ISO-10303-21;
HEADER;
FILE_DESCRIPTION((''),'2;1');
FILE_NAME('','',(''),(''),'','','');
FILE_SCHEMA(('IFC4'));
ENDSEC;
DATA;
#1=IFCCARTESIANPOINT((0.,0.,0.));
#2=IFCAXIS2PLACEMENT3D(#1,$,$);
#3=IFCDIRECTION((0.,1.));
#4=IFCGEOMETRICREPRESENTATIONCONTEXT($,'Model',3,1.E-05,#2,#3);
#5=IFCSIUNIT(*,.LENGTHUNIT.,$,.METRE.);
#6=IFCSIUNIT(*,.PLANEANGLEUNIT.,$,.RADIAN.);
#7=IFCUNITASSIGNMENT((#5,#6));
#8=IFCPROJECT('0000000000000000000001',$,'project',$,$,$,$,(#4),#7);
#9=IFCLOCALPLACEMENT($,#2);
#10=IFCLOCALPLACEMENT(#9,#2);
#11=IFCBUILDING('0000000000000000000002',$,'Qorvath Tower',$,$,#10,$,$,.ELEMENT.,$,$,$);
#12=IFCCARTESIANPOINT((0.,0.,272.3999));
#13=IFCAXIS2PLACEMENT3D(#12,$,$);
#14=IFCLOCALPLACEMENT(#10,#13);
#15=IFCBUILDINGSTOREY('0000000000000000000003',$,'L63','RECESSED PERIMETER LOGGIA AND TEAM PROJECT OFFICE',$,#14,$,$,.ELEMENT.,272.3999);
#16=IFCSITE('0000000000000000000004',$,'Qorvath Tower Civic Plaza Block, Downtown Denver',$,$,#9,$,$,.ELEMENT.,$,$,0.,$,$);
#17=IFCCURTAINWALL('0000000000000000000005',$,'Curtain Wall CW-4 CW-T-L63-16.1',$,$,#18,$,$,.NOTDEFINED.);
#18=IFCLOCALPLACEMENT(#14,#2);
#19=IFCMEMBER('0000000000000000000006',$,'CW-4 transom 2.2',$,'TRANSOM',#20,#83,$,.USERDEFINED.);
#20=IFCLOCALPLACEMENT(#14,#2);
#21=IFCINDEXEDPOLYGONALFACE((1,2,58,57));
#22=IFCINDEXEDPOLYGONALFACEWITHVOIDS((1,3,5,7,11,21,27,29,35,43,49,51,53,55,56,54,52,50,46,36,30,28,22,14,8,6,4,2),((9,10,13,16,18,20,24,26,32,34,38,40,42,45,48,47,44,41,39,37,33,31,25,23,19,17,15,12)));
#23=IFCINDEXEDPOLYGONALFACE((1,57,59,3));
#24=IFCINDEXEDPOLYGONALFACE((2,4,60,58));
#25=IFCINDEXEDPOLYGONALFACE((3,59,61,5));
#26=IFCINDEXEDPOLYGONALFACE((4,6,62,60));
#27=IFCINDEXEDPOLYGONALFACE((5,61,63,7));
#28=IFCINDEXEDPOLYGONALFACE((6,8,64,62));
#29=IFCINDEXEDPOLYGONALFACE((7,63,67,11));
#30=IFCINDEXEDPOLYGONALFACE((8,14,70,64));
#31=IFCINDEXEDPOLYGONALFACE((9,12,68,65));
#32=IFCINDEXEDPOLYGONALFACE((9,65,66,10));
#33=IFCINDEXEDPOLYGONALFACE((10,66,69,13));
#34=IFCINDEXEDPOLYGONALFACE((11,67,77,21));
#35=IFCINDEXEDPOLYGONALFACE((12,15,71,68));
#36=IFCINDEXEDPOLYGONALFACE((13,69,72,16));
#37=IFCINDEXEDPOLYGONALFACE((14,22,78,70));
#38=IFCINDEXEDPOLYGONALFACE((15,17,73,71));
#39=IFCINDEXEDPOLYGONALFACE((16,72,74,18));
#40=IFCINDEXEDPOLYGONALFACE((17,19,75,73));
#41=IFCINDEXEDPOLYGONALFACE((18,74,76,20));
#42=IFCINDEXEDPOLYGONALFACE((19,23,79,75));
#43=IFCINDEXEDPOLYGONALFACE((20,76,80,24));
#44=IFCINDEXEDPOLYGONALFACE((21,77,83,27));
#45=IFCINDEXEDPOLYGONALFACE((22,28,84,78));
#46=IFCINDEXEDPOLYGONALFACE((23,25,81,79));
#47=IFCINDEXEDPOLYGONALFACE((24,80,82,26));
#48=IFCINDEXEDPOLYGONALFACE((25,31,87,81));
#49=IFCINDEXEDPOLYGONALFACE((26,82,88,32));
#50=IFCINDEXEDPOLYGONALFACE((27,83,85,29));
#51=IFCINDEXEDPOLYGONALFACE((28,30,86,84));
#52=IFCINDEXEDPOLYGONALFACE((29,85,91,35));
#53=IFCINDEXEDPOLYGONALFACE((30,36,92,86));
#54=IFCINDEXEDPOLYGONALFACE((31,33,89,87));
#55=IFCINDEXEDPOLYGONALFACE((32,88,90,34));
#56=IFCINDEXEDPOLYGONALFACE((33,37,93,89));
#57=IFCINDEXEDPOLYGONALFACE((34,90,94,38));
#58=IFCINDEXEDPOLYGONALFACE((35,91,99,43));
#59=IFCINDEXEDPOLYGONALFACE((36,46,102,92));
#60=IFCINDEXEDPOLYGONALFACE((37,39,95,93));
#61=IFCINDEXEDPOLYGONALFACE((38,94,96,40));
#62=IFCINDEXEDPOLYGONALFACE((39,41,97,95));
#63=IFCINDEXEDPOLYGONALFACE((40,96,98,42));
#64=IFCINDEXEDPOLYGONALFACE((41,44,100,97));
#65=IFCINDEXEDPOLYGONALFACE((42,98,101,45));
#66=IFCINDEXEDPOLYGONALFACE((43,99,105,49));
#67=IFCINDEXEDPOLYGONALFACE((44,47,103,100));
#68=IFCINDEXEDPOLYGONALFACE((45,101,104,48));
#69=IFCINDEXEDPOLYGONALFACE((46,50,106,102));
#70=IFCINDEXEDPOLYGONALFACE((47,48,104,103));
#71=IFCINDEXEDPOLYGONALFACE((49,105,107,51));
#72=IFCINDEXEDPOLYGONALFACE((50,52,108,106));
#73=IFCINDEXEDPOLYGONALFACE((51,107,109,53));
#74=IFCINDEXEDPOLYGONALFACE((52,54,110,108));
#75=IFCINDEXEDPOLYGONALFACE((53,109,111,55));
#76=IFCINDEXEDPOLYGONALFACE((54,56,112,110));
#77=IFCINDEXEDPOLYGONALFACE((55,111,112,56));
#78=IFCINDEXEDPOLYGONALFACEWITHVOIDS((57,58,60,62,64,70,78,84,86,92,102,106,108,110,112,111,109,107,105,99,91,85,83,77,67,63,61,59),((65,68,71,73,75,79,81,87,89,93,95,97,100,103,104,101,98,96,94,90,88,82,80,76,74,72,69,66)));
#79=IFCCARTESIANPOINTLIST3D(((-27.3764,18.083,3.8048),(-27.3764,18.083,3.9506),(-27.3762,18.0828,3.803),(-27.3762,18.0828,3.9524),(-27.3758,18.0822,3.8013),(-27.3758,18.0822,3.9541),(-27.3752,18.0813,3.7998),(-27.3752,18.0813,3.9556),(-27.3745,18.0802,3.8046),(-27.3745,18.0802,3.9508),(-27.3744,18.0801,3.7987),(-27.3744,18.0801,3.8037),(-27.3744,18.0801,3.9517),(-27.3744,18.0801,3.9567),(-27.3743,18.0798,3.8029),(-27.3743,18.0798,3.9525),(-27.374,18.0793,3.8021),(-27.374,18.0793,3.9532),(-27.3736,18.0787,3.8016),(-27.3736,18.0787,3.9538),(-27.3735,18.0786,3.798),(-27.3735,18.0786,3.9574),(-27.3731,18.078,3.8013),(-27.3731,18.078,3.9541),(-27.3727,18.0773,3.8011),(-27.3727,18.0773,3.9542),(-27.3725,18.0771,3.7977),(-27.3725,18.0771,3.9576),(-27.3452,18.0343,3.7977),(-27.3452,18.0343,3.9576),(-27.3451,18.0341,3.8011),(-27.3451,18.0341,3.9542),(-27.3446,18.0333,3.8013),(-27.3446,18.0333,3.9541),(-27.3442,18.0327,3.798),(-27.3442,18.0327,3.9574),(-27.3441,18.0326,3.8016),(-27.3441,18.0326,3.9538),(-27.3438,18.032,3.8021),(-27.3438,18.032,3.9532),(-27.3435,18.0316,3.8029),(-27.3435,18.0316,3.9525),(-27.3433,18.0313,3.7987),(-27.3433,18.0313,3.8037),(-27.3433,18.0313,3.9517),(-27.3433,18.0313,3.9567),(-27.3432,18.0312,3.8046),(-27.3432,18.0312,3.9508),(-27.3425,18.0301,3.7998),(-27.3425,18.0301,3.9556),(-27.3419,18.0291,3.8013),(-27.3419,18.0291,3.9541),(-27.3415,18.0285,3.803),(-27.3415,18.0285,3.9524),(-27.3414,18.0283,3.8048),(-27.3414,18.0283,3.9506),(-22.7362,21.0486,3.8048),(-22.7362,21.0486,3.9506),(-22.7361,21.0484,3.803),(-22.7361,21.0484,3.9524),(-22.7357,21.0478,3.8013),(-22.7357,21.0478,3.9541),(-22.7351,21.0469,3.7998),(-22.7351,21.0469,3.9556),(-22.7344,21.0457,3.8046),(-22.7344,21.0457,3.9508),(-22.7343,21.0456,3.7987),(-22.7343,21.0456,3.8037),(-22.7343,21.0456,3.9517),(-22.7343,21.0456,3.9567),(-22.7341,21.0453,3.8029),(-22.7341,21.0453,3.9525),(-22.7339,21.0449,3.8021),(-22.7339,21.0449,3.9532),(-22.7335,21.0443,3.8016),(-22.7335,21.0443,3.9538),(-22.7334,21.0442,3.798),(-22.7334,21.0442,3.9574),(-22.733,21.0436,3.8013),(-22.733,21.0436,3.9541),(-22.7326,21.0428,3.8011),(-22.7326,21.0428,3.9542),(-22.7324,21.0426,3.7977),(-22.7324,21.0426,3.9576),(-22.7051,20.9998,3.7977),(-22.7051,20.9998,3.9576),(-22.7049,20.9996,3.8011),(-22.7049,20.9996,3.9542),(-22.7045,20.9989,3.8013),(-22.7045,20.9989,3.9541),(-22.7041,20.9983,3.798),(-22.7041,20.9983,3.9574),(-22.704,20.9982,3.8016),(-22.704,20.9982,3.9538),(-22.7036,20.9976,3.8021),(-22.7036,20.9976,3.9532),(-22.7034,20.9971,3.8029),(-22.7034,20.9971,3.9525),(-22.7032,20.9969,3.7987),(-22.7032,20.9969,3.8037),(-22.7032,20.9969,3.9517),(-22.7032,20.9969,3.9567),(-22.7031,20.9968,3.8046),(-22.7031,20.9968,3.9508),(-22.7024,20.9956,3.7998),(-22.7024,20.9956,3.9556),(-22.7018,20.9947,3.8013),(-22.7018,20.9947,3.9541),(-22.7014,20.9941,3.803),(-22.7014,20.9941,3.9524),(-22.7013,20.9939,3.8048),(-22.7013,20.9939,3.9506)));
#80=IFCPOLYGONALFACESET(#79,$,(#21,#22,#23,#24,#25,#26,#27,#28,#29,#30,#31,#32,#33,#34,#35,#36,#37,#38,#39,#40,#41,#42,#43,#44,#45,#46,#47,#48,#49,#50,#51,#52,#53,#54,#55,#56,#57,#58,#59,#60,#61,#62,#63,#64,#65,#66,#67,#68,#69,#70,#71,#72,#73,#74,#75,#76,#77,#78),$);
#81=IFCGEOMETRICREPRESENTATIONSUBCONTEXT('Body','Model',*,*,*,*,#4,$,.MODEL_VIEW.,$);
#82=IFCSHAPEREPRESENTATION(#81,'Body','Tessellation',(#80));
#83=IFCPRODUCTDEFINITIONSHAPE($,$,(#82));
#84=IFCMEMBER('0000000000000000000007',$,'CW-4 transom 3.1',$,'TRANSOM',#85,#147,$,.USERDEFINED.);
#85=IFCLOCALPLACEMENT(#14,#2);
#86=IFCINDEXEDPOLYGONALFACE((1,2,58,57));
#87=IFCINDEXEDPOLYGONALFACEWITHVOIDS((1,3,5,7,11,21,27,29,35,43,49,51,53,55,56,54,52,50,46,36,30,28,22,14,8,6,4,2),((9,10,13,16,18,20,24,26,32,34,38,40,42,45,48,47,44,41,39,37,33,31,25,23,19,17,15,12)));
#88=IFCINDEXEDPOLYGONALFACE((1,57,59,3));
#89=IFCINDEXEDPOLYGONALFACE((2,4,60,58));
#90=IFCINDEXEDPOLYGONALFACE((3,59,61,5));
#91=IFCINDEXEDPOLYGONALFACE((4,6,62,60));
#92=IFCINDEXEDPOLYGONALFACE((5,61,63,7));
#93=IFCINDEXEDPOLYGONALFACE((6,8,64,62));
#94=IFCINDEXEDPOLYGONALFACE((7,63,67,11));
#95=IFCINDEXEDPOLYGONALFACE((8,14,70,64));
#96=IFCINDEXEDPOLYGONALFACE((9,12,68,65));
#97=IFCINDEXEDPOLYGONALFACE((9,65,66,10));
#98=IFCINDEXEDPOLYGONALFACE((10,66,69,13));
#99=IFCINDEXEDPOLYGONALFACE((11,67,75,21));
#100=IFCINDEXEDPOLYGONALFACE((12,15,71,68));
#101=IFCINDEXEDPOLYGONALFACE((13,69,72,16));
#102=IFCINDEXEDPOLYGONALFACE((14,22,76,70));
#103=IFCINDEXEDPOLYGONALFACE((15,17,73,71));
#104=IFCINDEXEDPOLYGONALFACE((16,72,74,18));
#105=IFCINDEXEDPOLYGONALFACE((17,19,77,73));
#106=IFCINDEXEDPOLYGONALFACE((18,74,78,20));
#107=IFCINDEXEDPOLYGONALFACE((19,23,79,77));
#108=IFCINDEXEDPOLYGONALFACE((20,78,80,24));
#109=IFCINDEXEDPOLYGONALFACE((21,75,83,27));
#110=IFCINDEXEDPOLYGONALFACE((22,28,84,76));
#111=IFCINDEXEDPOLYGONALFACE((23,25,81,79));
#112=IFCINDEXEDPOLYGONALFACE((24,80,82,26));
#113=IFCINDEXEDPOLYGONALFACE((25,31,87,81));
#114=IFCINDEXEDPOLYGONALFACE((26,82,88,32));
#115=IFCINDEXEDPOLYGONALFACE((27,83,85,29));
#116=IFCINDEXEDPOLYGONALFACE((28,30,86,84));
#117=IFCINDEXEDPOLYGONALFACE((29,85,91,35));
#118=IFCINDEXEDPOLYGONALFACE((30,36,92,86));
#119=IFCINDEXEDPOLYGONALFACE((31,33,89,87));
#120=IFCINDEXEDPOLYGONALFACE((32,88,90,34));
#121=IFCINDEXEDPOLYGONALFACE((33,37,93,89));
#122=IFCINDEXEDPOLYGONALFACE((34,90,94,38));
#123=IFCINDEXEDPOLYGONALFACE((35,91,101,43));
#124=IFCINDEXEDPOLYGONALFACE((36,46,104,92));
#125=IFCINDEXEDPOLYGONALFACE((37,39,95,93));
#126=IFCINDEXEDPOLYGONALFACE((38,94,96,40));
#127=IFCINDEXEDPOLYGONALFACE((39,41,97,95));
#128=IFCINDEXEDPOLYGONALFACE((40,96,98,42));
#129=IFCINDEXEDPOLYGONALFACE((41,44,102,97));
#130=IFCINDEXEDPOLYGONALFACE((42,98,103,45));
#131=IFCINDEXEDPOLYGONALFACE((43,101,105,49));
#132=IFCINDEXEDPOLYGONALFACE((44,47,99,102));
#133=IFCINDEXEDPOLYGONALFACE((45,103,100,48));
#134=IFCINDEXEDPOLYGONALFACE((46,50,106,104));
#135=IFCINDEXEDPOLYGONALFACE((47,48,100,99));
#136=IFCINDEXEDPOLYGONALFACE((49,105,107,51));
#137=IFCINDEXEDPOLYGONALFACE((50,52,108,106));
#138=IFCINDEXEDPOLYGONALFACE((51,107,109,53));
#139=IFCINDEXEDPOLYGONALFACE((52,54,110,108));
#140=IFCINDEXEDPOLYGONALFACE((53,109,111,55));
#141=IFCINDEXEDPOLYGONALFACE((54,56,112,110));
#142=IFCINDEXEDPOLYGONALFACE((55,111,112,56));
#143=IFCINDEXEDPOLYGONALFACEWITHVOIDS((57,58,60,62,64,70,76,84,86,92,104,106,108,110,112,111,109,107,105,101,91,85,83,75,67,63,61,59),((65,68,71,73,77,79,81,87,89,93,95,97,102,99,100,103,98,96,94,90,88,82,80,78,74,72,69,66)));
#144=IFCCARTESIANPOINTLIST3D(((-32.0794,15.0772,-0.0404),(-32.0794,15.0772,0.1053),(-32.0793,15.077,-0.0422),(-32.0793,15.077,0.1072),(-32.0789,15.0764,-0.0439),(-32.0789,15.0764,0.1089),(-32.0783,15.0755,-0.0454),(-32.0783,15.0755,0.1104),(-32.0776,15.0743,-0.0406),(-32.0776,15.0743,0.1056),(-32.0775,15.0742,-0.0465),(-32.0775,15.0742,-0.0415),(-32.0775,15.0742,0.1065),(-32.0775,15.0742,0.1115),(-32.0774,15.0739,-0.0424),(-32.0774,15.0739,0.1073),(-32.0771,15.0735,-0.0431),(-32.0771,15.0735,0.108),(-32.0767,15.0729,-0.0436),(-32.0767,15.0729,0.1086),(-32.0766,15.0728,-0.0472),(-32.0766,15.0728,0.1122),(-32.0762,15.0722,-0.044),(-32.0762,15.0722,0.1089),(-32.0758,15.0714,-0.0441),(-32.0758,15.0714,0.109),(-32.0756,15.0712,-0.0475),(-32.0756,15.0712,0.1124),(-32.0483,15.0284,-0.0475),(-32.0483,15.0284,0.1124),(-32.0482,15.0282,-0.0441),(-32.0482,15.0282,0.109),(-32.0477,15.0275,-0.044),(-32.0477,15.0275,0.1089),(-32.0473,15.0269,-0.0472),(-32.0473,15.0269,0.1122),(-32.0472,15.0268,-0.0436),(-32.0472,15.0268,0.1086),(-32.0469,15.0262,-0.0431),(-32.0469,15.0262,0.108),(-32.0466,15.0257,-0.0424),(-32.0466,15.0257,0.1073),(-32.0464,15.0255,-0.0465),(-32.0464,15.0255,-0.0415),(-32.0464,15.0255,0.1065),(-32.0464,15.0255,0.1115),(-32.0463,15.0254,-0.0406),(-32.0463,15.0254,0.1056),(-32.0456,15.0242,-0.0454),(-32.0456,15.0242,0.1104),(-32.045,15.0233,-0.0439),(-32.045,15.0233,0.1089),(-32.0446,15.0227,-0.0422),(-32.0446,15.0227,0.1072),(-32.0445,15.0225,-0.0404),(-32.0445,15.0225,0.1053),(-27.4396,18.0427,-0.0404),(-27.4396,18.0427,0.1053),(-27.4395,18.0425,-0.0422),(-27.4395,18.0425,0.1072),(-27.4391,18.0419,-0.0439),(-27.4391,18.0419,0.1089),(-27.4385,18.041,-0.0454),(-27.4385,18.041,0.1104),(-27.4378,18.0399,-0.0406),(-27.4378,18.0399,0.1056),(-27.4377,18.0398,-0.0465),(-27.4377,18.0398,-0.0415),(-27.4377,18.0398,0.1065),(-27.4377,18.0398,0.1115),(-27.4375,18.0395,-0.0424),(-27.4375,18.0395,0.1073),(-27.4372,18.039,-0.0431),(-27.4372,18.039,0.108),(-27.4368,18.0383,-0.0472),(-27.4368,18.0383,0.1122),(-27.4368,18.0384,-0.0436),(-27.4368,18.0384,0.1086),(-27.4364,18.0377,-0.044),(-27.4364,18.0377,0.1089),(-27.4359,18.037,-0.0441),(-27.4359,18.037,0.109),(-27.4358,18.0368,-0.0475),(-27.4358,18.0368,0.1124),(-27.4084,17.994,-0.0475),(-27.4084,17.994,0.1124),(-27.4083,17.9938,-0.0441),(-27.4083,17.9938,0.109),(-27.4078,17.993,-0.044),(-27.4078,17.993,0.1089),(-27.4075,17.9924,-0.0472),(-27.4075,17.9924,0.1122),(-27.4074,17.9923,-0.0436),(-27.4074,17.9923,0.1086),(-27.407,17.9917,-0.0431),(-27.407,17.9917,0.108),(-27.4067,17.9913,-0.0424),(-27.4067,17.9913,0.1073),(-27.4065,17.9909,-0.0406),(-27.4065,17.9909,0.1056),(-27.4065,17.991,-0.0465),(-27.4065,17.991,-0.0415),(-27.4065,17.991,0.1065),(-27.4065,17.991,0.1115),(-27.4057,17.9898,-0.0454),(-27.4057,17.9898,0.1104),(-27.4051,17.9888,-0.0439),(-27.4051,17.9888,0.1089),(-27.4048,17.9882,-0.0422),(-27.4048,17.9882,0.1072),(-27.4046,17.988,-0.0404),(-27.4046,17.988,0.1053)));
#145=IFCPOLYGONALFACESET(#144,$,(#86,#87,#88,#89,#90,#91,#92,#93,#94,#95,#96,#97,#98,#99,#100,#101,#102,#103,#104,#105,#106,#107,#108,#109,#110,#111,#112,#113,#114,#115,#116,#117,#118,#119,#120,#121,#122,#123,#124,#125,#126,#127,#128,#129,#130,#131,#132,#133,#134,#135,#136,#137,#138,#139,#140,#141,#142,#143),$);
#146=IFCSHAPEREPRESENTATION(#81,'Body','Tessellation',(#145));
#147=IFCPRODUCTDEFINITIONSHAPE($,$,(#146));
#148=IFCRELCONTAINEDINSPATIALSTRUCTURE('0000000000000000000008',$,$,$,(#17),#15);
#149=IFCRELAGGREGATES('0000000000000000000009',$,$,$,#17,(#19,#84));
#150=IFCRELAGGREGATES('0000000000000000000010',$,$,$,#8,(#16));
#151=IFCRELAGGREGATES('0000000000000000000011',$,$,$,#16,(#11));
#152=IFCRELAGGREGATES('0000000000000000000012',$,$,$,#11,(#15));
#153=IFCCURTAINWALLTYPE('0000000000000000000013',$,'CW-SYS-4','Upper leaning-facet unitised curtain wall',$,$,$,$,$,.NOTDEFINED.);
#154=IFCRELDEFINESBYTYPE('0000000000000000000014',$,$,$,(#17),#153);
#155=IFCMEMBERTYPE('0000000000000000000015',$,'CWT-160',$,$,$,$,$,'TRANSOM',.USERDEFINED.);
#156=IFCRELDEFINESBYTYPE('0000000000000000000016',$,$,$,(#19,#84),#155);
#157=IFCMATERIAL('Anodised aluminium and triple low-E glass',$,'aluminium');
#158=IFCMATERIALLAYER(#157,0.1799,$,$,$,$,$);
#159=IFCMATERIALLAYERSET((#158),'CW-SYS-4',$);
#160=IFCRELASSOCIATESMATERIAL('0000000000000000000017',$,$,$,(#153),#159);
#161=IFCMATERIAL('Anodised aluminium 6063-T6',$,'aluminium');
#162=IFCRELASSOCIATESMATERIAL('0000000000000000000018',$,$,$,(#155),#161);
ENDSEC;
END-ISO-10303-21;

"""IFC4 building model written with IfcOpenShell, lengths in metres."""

from ifc_helpers import new_model, si_unit, direction, frame, origin, origin_2d, place, context, subcontext, project, spatial, hollow_rectangle, extrude, material, layer, layer_set, material_profile, profile_set, type_object, element, aggregate, save


model = new_model("IFC4")

# Units and contexts
model_context = context("Model", 3, precision=1e-05, world=origin(), true_north=direction((0.0, 1.0)))
body_context = subcontext(model_context, "Body", "Model", "MODEL_VIEW")
ifc_project = project(units=[si_unit("LENGTHUNIT", "METRE"), si_unit("PLANEANGLEUNIT", "RADIAN")], contexts=[model_context])

# Site, building, storey
site_placement = place(None, origin())
site = spatial("IfcSite", under=ifc_project, at=site_placement, Name="Qorvath Tower Civic Plaza Block, Downtown Denver", CompositionType="ELEMENT", RefElevation=0.0)
building_placement = place(site_placement, origin())
building = spatial("IfcBuilding", under=site, at=building_placement, Name="Qorvath Tower", CompositionType="ELEMENT")
storey_placement = place(building_placement, frame((0.0, 0.0, 272.3999)))
storey = spatial("IfcBuildingStorey", under=building, at=storey_placement, Name="L63", Description="RECESSED PERIMETER LOGGIA AND TEAM PROJECT OFFICE", CompositionType="ELEMENT", Elevation=272.3999)

# Curtain wall, members
ifc_material_1 = material(Name="Anodised aluminium and triple low-E glass", Category="aluminium")
ifc_layer_1 = layer(ifc_material_1, 0.1799)
ifc_layer_set_1 = layer_set([ifc_layer_1], Name="CW-SYS-4")
curtain_wall_type = type_object("IfcCurtainWallType", Name="CW-SYS-4", Description="Upper leaning-facet unitised curtain wall", PredefinedType="NOTDEFINED", material=ifc_layer_set_1)
curtain_wall_placement = place(storey_placement, origin())
curtain_wall = element("IfcCurtainWall", 1, at=curtain_wall_placement, inside=storey, type_object=curtain_wall_type, Name="Curtain Wall CW-4 CW-T-L63-16.1", PredefinedType="NOTDEFINED")
ifc_material_2 = material(Name="Anodised aluminium 6063-T6", Category="aluminium")
ifc_material_profile_1 = material_profile(ifc_material_2, hollow_rectangle(XDim=0.0649, YDim=0.1599, WallThickness=0.0034, InnerFilletRadius=0.0034, OuterFilletRadius=0.0071, at=origin_2d()), Name="CWT 160x65")
ifc_profile_set_1 = profile_set([ifc_material_profile_1], Name="Anodised aluminium 6063-T6")
member_type_1 = type_object("IfcMemberType", Name="CWT-160", ElementType="TRANSOM", PredefinedType="USERDEFINED", material=ifc_profile_set_1)
member_1_placement = place(storey_placement, frame((-22.7188, 21.0212, 3.8777), z_axis=(-0.84261, -0.538524, 0.0), x_axis=(0.538524, -0.84261, 0.0)))
member_1 = element("IfcMember", 2, at=member_1_placement, type_object=member_type_1, Name="CW-4 transom 2.2", ObjectType="TRANSOM", PredefinedType="USERDEFINED", context=body_context, shape_type="SweptSolid", body=[
    extrude(hollow_rectangle(XDim=0.0649, YDim=0.1599, WallThickness=0.0034, InnerFilletRadius=0.0034, OuterFilletRadius=0.0071, at=origin_2d()), origin(), (0.0, 0.0, 1.0), 5.5068),
])
member_2_placement = place(storey_placement, frame((-27.4221, 18.0154, 0.0325), z_axis=(-0.842597, -0.538544, 0.0), x_axis=(0.538544, -0.842597, 0.0)))
member_2 = element("IfcMember", 3, at=member_2_placement, type_object=member_type_1, Name="CW-4 transom 3.1", ObjectType="TRANSOM", PredefinedType="USERDEFINED", context=body_context, shape_type="SweptSolid", body=[
    extrude(hollow_rectangle(XDim=0.0649, YDim=0.1599, WallThickness=0.0034, InnerFilletRadius=0.0034, OuterFilletRadius=0.0071, at=origin_2d()), origin(), (0.0, 0.0, 1.0), 5.5066),
])
aggregate(curtain_wall, [member_1, member_2])

save(model, "model.ifc")
